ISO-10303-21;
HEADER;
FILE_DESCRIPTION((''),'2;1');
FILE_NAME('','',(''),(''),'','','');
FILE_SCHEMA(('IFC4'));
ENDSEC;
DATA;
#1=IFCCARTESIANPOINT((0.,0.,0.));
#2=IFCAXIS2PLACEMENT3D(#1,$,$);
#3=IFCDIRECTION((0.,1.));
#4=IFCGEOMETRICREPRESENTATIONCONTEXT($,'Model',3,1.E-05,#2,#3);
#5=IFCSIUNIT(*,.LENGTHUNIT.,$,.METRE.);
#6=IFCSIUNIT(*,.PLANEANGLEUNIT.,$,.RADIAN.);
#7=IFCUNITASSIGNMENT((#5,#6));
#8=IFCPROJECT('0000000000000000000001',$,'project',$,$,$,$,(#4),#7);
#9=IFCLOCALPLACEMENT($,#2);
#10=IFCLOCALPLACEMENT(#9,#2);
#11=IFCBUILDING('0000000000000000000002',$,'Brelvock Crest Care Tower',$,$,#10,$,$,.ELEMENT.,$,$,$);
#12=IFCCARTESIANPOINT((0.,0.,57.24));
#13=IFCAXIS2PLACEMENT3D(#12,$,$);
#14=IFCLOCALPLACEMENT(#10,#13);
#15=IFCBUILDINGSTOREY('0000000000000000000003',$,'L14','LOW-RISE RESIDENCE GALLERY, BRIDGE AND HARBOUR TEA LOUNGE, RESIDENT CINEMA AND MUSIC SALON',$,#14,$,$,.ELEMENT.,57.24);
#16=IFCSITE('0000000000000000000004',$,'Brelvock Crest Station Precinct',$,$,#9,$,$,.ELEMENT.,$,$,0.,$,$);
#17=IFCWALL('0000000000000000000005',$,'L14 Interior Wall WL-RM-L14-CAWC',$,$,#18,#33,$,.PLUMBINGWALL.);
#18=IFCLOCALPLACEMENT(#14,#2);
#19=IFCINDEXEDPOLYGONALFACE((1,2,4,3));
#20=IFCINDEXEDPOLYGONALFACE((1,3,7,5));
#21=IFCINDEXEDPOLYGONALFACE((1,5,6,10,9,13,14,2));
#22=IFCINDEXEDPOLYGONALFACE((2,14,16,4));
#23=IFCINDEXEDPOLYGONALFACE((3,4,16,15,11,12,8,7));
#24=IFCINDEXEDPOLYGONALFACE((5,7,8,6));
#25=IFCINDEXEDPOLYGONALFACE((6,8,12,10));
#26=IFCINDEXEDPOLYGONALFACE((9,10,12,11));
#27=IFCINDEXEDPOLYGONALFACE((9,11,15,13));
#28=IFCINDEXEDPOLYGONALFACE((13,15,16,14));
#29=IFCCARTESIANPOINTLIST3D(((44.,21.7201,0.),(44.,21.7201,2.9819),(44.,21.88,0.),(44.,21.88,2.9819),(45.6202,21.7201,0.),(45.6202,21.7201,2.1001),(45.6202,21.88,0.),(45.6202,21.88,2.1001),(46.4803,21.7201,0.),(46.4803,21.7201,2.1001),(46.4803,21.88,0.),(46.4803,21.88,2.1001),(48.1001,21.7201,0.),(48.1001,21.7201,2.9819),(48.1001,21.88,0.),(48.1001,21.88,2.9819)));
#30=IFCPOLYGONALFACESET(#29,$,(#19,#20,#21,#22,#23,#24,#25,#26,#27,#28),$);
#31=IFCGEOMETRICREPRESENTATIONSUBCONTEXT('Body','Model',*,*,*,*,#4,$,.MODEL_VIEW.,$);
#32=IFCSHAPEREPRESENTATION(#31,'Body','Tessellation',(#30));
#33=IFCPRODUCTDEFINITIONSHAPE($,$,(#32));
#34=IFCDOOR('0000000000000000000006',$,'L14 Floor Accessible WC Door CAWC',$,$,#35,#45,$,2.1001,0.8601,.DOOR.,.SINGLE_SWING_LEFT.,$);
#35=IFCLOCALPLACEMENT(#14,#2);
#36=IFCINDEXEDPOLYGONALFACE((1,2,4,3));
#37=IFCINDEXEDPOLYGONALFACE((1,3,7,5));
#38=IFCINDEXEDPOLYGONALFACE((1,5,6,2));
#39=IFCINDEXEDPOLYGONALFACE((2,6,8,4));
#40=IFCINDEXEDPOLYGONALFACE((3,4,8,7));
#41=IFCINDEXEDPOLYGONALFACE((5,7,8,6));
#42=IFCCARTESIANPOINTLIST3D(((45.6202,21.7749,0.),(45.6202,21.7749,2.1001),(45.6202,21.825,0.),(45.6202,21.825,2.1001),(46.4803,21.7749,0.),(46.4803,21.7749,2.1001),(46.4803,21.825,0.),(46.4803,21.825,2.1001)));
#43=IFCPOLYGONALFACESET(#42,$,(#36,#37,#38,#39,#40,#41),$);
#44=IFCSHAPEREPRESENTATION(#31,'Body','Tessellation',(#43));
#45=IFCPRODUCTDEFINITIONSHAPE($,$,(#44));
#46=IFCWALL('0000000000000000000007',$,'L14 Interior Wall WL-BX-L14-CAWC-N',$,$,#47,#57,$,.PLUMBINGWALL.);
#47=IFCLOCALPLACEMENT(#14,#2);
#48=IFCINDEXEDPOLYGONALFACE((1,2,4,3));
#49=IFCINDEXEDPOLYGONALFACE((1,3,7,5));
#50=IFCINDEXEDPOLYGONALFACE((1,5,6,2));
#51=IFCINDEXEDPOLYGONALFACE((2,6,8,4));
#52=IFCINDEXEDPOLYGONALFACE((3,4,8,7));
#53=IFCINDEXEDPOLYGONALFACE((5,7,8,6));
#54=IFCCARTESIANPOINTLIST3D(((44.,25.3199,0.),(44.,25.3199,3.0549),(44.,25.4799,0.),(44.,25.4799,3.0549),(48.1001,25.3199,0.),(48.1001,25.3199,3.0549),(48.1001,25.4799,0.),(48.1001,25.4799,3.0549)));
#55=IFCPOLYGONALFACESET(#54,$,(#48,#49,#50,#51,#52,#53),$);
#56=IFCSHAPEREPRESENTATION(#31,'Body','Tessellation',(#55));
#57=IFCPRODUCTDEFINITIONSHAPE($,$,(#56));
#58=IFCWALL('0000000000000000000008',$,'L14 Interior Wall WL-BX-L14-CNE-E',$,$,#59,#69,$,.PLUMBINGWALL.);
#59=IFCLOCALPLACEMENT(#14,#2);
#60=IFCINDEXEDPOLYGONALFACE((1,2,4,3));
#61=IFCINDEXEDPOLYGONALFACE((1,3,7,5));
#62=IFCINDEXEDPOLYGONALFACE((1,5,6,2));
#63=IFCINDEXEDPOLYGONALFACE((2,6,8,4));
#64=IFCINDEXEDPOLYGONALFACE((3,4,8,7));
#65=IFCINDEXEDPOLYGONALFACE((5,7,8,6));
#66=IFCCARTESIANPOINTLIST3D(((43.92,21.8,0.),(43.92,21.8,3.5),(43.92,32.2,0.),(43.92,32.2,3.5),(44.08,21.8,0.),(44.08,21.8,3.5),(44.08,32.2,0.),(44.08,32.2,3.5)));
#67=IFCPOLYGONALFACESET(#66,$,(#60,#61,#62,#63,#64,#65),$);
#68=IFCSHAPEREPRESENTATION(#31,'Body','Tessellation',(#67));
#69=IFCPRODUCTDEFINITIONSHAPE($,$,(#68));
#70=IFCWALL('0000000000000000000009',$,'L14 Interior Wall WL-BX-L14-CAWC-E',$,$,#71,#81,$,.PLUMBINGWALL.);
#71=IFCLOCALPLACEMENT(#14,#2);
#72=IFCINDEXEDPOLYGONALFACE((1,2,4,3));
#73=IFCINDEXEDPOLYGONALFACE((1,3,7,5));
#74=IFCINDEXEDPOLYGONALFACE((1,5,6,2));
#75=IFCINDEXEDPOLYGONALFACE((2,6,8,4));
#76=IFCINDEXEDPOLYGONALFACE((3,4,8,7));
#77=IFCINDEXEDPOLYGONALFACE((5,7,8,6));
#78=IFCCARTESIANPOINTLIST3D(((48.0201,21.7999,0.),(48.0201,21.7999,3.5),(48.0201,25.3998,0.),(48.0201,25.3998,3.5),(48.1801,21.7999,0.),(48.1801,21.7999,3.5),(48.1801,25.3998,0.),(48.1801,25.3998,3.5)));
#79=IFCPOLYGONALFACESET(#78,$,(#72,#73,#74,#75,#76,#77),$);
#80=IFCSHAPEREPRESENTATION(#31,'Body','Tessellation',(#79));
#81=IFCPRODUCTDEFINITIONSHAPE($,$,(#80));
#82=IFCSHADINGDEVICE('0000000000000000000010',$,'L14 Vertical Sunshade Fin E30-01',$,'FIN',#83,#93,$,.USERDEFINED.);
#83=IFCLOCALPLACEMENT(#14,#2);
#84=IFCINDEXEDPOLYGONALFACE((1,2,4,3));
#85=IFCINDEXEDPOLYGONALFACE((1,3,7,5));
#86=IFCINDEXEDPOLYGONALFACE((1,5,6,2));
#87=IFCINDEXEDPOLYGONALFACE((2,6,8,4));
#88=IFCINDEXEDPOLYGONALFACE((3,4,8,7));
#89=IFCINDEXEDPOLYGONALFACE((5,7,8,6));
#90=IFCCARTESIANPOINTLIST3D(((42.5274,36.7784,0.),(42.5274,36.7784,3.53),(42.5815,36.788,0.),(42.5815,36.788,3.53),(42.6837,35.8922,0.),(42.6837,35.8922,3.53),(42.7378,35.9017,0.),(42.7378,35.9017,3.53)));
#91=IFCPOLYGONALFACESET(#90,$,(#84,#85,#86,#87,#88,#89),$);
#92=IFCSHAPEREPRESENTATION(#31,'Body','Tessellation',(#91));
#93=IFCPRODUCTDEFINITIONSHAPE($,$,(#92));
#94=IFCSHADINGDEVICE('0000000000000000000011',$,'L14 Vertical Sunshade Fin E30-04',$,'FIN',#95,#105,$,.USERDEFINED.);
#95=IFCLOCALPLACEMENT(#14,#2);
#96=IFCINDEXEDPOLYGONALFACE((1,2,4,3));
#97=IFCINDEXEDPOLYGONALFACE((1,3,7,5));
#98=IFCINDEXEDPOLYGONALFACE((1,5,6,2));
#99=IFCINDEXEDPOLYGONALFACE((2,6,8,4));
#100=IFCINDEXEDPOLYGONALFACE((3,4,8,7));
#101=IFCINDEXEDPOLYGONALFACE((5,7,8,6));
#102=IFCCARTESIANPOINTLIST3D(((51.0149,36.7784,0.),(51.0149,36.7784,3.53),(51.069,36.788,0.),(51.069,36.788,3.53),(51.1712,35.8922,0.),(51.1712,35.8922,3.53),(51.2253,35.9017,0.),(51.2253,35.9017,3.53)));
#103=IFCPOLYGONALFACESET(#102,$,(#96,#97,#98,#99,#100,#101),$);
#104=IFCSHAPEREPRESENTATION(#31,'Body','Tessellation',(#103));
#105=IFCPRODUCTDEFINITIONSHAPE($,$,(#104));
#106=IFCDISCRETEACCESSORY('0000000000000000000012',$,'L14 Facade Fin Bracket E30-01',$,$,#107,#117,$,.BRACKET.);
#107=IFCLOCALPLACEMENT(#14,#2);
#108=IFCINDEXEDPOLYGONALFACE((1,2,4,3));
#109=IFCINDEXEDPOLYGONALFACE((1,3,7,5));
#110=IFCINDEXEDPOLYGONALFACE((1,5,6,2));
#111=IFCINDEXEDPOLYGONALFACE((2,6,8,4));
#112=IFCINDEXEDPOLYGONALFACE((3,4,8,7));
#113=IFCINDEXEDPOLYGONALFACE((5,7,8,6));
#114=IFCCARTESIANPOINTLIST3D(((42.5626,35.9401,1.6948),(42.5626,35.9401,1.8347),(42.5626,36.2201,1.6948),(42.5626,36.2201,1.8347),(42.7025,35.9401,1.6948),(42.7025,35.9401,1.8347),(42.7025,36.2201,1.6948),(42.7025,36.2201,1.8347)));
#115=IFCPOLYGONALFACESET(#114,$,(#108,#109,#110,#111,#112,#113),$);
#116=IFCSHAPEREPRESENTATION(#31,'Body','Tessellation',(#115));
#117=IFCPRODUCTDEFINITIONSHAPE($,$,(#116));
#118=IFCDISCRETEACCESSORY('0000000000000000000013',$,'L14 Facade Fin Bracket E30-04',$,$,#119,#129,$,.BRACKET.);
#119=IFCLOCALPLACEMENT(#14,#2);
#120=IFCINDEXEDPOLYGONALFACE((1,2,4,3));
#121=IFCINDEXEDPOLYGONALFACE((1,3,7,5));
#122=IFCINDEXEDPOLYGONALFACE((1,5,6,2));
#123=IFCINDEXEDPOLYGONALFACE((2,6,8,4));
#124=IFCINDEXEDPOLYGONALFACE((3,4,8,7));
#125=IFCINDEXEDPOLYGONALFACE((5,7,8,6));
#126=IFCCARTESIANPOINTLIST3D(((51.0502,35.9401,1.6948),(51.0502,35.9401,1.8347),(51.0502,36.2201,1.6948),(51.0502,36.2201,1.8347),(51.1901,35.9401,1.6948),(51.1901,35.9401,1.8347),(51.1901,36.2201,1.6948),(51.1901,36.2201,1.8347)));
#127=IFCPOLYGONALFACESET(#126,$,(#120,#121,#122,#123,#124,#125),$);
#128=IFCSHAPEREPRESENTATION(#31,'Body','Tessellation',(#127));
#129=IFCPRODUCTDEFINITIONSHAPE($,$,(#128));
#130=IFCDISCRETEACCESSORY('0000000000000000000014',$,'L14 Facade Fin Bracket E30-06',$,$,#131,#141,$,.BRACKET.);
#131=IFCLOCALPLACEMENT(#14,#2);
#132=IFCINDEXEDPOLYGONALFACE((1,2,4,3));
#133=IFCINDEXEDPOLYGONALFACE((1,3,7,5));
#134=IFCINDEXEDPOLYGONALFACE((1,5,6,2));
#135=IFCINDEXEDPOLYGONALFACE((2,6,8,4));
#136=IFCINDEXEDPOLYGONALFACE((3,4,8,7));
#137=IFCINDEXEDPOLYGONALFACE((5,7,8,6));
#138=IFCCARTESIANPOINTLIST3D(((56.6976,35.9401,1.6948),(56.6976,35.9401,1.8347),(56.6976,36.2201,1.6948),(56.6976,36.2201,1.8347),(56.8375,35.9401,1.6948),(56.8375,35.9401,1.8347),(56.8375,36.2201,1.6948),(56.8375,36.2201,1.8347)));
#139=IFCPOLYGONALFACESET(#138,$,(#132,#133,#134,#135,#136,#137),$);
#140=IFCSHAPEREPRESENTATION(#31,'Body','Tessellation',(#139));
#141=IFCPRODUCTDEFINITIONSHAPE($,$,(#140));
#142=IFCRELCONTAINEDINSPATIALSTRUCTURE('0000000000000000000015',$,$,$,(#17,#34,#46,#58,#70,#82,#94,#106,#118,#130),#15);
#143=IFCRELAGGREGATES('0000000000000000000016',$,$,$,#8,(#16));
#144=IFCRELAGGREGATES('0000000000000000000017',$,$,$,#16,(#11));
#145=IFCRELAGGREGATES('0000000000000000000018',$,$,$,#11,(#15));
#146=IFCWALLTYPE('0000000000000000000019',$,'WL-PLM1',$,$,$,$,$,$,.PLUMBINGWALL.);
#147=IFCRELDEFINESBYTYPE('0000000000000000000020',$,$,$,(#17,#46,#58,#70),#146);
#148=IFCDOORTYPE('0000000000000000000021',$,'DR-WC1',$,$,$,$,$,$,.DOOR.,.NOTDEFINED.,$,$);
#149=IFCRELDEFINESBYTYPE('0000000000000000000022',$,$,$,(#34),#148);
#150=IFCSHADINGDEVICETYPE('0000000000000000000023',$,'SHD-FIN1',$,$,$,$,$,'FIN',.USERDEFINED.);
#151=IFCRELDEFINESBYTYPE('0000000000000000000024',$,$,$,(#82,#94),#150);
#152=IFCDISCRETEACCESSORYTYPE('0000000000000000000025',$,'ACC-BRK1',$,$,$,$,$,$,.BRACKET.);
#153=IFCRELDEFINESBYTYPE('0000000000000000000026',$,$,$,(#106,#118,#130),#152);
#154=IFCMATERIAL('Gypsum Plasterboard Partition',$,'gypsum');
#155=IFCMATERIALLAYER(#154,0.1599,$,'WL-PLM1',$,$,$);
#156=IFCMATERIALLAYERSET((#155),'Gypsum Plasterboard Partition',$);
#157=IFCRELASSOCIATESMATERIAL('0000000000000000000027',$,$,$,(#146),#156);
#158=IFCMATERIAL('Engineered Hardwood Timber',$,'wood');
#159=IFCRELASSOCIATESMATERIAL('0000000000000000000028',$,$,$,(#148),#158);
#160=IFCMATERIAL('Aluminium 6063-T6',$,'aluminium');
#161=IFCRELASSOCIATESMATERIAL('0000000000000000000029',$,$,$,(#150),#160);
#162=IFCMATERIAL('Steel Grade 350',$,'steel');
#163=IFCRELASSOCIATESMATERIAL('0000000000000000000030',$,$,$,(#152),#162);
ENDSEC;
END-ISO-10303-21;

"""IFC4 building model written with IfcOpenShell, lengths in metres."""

from ifc_helpers import new_model, si_unit, direction, frame, frame_2d, origin, origin_2d, place, context, subcontext, project, spatial, rectangle, extrude, source, transform, mapped, material, layer, layer_set, material_profile, profile_set, type_object, element, fill, save


model = new_model("IFC4")

# Units and contexts
model_context = context("Model", 3, precision=1e-05, world=origin(), true_north=direction((0.0, 1.0)))
body_context = subcontext(model_context, "Body", "Model", "MODEL_VIEW")
ifc_project = project(units=[si_unit("LENGTHUNIT", "METRE"), si_unit("PLANEANGLEUNIT", "RADIAN")], contexts=[model_context])

# Site, building, storey
site_placement = place(None, origin())
site = spatial("IfcSite", under=ifc_project, at=site_placement, Name="Brelvock Crest Station Precinct", CompositionType="ELEMENT", RefElevation=0.0)
building_placement = place(site_placement, origin())
building = spatial("IfcBuilding", under=site, at=building_placement, Name="Brelvock Crest Care Tower", CompositionType="ELEMENT")
storey_placement = place(building_placement, frame((0.0, 0.0, 57.24)))
storey = spatial("IfcBuildingStorey", under=building, at=storey_placement, Name="L14", Description="LOW-RISE RESIDENCE GALLERY, BRIDGE AND HARBOUR TEA LOUNGE, RESIDENT CINEMA AND MUSIC SALON", CompositionType="ELEMENT", Elevation=57.24)

# Shared definitions
ifc_material_1 = material(Name="Aluminium 6063-T6", Category="aluminium")

# Wall, opening, door
ifc_material_2 = material(Name="Engineered Hardwood Timber", Category="wood")
ifc_material_3 = material(Name="Gypsum Plasterboard Partition", Category="gypsum")
ifc_layer_1 = layer(ifc_material_3, 0.1599, Name="WL-PLM1")
ifc_layer_set_1 = layer_set([ifc_layer_1], Name="Gypsum Plasterboard Partition")
wall_type_1 = type_object("IfcWallType", Name="WL-PLM1", PredefinedType="PLUMBINGWALL", material=ifc_layer_set_1)
wall_1_placement = place(storey_placement, frame((44.0, 21.8, 0.0), z_axis=(0.0, 0.0, 1.0), x_axis=(1.0, 0.0, 0.0)))
wall_1 = element("IfcWall", 1, at=wall_1_placement, inside=storey, type_object=wall_type_1, Name="L14 Interior Wall WL-RM-L14-CAWC", PredefinedType="PLUMBINGWALL", context=body_context, shape_type="SweptSolid", body=[
    extrude(rectangle(XDim=4.1001, YDim=0.1599, at=frame_2d((2.05, 0.0))), origin(), (0.0, 0.0, 1.0), 2.9819),
])
opening_1_placement = place(wall_1_placement, frame((1.6201, 0.0, 0.0)))
opening_1 = element("IfcOpeningElement", 2, at=opening_1_placement, cuts=wall_1, PredefinedType="OPENING", context=body_context, shape_type="SweptSolid", body=[
    extrude(rectangle(XDim=0.8601, YDim=2.1001, at=origin_2d()), frame((0.4302, 0.0898, 1.05), z_axis=(0.0, -1.0, 0.0), x_axis=(1.0, 0.0, 0.0)), (0.0, 0.0, 1.0), 0.1799),
])
door_type_1 = type_object("IfcDoorType", Name="DR-WC1", OperationType="NOTDEFINED", PredefinedType="DOOR", material=ifc_material_2)
shared_shape_1 = source(origin(), body_context, "Body", "SweptSolid", [
    extrude(rectangle(XDim=0.8601, YDim=2.1001, at=origin_2d()), frame((0.4302, 0.0249, 1.05), z_axis=(0.0, -1.0, 0.0), x_axis=(1.0, 0.0, 0.0)), (0.0, 0.0, 1.0), 0.05),
])
door_1_placement = place(opening_1_placement, origin())
door_1 = element("IfcDoor", 3, at=door_1_placement, inside=storey, type_object=door_type_1, Name="L14 Floor Accessible WC Door CAWC", OperationType="SINGLE_SWING_LEFT", OverallHeight=2.1001, OverallWidth=0.8601, PredefinedType="DOOR", context=body_context, shape_type="MappedRepresentation", body=[
    mapped(shared_shape_1, transform((0.0, 0.0, 0.0), x_axis=(1.0, 0.0, 0.0), y_axis=(0.0, 1.0, 0.0), z_axis=(0.0, 0.0, 1.0), scale=1.0)),
])
fill(opening_1, door_1)

# Walls
wall_2_placement = place(storey_placement, frame((44.0, 25.3999, 0.0), z_axis=(0.0, 0.0, 1.0), x_axis=(1.0, 0.0, 0.0)))
element("IfcWall", 4, at=wall_2_placement, inside=storey, type_object=wall_type_1, Name="L14 Interior Wall WL-BX-L14-CAWC-N", PredefinedType="PLUMBINGWALL", context=body_context, shape_type="SweptSolid", body=[
    extrude(rectangle(XDim=4.1001, YDim=0.1599, at=frame_2d((2.05, 0.0))), origin(), (0.0, 0.0, 1.0), 3.0549),
])
wall_3_placement = place(storey_placement, frame((44.0, 21.8, 0.0), z_axis=(0.0, 0.0, 1.0), x_axis=(0.0, 1.0, 0.0)))
element("IfcWall", 5, at=wall_3_placement, inside=storey, type_object=wall_type_1, Name="L14 Interior Wall WL-BX-L14-CNE-E", PredefinedType="PLUMBINGWALL", context=body_context, shape_type="SweptSolid", body=[
    extrude(rectangle(XDim=10.3999, YDim=0.1599, at=frame_2d((5.2, 0.0))), origin(), (0.0, 0.0, 1.0), 3.5),
])
wall_4_placement = place(storey_placement, frame((48.1001, 21.8, 0.0), z_axis=(0.0, 0.0, 1.0), x_axis=(0.0, 1.0, 0.0)))
element("IfcWall", 6, at=wall_4_placement, inside=storey, type_object=wall_type_1, Name="L14 Interior Wall WL-BX-L14-CAWC-E", PredefinedType="PLUMBINGWALL", context=body_context, shape_type="SweptSolid", body=[
    extrude(rectangle(XDim=3.5999, YDim=0.1599, at=frame_2d((1.7998, 0.0))), origin(), (0.0, 0.0, 1.0), 3.5),
])

# Shading devices
ifc_material_profile_1 = material_profile(ifc_material_1, rectangle(XDim=0.0549, YDim=0.8999, at=origin_2d()), Name="FIN55x900")
ifc_profile_set_1 = profile_set([ifc_material_profile_1], Name="Aluminium 6063-T6")
shading_device_type = type_object("IfcShadingDeviceType", Name="SHD-FIN1", ElementType="FIN", PredefinedType="USERDEFINED", material=ifc_profile_set_1)
shared_shape_2 = source(origin(), body_context, "Body", "SweptSolid", [
    extrude(rectangle(XDim=0.0549, YDim=0.8999, at=origin_2d()), origin(), (0.0, 0.0, 1.0), 3.53),
])
for number, where, z_axis, x_axis, name in (
    (7, (42.6326, 36.3401, 0.0), (0.0, 0.0, 1.0), (0.984808, 0.173648, 0.0), "L14 Vertical Sunshade Fin E30-01"),
    (8, (51.1201, 36.3401, 0.0), (0.0, 0.0, 1.0), (0.984808, 0.173648, 0.0), "L14 Vertical Sunshade Fin E30-04"),
):
    element("IfcShadingDevice", number, at=place(storey_placement, frame(where, z_axis=z_axis, x_axis=x_axis)), inside=storey, type_object=shading_device_type, Name=name, ObjectType="FIN", PredefinedType="USERDEFINED", context=body_context, shape_type="MappedRepresentation", body=[
        mapped(shared_shape_2, transform((0.0, 0.0, 0.0), x_axis=(1.0, 0.0, 0.0), y_axis=(0.0, 1.0, 0.0), z_axis=(0.0, 0.0, 1.0), scale=1.0)),
    ])

# Discrete accessories
ifc_material_4 = material(Name="Steel Grade 350", Category="steel")
discrete_accessory_type = type_object("IfcDiscreteAccessoryType", Name="ACC-BRK1", PredefinedType="BRACKET", material=ifc_material_4)
shared_shape_3 = source(origin(), body_context, "Body", "SweptSolid", [
    extrude(rectangle(XDim=0.28, YDim=0.1399, at=origin_2d()), origin(), (0.0, 0.0, 1.0), 0.1399),
])
for number, where, z_axis, x_axis, name in (
    (9, (42.6326, 36.0801, 1.6948), (0.0, 0.0, 1.0), (0.0, 1.0, 0.0), "L14 Facade Fin Bracket E30-01"),
    (10, (51.1201, 36.0801, 1.6948), (0.0, 0.0, 1.0), (0.0, 1.0, 0.0), "L14 Facade Fin Bracket E30-04"),
    (11, (56.7676, 36.0801, 1.6948), (0.0, 0.0, 1.0), (0.0, 1.0, 0.0), "L14 Facade Fin Bracket E30-06"),
):
    element("IfcDiscreteAccessory", number, at=place(storey_placement, frame(where, z_axis=z_axis, x_axis=x_axis)), inside=storey, type_object=discrete_accessory_type, Name=name, PredefinedType="BRACKET", context=body_context, shape_type="MappedRepresentation", body=[
        mapped(shared_shape_3, transform((0.0, 0.0, 0.0), x_axis=(1.0, 0.0, 0.0), y_axis=(0.0, 1.0, 0.0), z_axis=(0.0, 0.0, 1.0), scale=1.0)),
    ])

save(model, "model.ifc")
